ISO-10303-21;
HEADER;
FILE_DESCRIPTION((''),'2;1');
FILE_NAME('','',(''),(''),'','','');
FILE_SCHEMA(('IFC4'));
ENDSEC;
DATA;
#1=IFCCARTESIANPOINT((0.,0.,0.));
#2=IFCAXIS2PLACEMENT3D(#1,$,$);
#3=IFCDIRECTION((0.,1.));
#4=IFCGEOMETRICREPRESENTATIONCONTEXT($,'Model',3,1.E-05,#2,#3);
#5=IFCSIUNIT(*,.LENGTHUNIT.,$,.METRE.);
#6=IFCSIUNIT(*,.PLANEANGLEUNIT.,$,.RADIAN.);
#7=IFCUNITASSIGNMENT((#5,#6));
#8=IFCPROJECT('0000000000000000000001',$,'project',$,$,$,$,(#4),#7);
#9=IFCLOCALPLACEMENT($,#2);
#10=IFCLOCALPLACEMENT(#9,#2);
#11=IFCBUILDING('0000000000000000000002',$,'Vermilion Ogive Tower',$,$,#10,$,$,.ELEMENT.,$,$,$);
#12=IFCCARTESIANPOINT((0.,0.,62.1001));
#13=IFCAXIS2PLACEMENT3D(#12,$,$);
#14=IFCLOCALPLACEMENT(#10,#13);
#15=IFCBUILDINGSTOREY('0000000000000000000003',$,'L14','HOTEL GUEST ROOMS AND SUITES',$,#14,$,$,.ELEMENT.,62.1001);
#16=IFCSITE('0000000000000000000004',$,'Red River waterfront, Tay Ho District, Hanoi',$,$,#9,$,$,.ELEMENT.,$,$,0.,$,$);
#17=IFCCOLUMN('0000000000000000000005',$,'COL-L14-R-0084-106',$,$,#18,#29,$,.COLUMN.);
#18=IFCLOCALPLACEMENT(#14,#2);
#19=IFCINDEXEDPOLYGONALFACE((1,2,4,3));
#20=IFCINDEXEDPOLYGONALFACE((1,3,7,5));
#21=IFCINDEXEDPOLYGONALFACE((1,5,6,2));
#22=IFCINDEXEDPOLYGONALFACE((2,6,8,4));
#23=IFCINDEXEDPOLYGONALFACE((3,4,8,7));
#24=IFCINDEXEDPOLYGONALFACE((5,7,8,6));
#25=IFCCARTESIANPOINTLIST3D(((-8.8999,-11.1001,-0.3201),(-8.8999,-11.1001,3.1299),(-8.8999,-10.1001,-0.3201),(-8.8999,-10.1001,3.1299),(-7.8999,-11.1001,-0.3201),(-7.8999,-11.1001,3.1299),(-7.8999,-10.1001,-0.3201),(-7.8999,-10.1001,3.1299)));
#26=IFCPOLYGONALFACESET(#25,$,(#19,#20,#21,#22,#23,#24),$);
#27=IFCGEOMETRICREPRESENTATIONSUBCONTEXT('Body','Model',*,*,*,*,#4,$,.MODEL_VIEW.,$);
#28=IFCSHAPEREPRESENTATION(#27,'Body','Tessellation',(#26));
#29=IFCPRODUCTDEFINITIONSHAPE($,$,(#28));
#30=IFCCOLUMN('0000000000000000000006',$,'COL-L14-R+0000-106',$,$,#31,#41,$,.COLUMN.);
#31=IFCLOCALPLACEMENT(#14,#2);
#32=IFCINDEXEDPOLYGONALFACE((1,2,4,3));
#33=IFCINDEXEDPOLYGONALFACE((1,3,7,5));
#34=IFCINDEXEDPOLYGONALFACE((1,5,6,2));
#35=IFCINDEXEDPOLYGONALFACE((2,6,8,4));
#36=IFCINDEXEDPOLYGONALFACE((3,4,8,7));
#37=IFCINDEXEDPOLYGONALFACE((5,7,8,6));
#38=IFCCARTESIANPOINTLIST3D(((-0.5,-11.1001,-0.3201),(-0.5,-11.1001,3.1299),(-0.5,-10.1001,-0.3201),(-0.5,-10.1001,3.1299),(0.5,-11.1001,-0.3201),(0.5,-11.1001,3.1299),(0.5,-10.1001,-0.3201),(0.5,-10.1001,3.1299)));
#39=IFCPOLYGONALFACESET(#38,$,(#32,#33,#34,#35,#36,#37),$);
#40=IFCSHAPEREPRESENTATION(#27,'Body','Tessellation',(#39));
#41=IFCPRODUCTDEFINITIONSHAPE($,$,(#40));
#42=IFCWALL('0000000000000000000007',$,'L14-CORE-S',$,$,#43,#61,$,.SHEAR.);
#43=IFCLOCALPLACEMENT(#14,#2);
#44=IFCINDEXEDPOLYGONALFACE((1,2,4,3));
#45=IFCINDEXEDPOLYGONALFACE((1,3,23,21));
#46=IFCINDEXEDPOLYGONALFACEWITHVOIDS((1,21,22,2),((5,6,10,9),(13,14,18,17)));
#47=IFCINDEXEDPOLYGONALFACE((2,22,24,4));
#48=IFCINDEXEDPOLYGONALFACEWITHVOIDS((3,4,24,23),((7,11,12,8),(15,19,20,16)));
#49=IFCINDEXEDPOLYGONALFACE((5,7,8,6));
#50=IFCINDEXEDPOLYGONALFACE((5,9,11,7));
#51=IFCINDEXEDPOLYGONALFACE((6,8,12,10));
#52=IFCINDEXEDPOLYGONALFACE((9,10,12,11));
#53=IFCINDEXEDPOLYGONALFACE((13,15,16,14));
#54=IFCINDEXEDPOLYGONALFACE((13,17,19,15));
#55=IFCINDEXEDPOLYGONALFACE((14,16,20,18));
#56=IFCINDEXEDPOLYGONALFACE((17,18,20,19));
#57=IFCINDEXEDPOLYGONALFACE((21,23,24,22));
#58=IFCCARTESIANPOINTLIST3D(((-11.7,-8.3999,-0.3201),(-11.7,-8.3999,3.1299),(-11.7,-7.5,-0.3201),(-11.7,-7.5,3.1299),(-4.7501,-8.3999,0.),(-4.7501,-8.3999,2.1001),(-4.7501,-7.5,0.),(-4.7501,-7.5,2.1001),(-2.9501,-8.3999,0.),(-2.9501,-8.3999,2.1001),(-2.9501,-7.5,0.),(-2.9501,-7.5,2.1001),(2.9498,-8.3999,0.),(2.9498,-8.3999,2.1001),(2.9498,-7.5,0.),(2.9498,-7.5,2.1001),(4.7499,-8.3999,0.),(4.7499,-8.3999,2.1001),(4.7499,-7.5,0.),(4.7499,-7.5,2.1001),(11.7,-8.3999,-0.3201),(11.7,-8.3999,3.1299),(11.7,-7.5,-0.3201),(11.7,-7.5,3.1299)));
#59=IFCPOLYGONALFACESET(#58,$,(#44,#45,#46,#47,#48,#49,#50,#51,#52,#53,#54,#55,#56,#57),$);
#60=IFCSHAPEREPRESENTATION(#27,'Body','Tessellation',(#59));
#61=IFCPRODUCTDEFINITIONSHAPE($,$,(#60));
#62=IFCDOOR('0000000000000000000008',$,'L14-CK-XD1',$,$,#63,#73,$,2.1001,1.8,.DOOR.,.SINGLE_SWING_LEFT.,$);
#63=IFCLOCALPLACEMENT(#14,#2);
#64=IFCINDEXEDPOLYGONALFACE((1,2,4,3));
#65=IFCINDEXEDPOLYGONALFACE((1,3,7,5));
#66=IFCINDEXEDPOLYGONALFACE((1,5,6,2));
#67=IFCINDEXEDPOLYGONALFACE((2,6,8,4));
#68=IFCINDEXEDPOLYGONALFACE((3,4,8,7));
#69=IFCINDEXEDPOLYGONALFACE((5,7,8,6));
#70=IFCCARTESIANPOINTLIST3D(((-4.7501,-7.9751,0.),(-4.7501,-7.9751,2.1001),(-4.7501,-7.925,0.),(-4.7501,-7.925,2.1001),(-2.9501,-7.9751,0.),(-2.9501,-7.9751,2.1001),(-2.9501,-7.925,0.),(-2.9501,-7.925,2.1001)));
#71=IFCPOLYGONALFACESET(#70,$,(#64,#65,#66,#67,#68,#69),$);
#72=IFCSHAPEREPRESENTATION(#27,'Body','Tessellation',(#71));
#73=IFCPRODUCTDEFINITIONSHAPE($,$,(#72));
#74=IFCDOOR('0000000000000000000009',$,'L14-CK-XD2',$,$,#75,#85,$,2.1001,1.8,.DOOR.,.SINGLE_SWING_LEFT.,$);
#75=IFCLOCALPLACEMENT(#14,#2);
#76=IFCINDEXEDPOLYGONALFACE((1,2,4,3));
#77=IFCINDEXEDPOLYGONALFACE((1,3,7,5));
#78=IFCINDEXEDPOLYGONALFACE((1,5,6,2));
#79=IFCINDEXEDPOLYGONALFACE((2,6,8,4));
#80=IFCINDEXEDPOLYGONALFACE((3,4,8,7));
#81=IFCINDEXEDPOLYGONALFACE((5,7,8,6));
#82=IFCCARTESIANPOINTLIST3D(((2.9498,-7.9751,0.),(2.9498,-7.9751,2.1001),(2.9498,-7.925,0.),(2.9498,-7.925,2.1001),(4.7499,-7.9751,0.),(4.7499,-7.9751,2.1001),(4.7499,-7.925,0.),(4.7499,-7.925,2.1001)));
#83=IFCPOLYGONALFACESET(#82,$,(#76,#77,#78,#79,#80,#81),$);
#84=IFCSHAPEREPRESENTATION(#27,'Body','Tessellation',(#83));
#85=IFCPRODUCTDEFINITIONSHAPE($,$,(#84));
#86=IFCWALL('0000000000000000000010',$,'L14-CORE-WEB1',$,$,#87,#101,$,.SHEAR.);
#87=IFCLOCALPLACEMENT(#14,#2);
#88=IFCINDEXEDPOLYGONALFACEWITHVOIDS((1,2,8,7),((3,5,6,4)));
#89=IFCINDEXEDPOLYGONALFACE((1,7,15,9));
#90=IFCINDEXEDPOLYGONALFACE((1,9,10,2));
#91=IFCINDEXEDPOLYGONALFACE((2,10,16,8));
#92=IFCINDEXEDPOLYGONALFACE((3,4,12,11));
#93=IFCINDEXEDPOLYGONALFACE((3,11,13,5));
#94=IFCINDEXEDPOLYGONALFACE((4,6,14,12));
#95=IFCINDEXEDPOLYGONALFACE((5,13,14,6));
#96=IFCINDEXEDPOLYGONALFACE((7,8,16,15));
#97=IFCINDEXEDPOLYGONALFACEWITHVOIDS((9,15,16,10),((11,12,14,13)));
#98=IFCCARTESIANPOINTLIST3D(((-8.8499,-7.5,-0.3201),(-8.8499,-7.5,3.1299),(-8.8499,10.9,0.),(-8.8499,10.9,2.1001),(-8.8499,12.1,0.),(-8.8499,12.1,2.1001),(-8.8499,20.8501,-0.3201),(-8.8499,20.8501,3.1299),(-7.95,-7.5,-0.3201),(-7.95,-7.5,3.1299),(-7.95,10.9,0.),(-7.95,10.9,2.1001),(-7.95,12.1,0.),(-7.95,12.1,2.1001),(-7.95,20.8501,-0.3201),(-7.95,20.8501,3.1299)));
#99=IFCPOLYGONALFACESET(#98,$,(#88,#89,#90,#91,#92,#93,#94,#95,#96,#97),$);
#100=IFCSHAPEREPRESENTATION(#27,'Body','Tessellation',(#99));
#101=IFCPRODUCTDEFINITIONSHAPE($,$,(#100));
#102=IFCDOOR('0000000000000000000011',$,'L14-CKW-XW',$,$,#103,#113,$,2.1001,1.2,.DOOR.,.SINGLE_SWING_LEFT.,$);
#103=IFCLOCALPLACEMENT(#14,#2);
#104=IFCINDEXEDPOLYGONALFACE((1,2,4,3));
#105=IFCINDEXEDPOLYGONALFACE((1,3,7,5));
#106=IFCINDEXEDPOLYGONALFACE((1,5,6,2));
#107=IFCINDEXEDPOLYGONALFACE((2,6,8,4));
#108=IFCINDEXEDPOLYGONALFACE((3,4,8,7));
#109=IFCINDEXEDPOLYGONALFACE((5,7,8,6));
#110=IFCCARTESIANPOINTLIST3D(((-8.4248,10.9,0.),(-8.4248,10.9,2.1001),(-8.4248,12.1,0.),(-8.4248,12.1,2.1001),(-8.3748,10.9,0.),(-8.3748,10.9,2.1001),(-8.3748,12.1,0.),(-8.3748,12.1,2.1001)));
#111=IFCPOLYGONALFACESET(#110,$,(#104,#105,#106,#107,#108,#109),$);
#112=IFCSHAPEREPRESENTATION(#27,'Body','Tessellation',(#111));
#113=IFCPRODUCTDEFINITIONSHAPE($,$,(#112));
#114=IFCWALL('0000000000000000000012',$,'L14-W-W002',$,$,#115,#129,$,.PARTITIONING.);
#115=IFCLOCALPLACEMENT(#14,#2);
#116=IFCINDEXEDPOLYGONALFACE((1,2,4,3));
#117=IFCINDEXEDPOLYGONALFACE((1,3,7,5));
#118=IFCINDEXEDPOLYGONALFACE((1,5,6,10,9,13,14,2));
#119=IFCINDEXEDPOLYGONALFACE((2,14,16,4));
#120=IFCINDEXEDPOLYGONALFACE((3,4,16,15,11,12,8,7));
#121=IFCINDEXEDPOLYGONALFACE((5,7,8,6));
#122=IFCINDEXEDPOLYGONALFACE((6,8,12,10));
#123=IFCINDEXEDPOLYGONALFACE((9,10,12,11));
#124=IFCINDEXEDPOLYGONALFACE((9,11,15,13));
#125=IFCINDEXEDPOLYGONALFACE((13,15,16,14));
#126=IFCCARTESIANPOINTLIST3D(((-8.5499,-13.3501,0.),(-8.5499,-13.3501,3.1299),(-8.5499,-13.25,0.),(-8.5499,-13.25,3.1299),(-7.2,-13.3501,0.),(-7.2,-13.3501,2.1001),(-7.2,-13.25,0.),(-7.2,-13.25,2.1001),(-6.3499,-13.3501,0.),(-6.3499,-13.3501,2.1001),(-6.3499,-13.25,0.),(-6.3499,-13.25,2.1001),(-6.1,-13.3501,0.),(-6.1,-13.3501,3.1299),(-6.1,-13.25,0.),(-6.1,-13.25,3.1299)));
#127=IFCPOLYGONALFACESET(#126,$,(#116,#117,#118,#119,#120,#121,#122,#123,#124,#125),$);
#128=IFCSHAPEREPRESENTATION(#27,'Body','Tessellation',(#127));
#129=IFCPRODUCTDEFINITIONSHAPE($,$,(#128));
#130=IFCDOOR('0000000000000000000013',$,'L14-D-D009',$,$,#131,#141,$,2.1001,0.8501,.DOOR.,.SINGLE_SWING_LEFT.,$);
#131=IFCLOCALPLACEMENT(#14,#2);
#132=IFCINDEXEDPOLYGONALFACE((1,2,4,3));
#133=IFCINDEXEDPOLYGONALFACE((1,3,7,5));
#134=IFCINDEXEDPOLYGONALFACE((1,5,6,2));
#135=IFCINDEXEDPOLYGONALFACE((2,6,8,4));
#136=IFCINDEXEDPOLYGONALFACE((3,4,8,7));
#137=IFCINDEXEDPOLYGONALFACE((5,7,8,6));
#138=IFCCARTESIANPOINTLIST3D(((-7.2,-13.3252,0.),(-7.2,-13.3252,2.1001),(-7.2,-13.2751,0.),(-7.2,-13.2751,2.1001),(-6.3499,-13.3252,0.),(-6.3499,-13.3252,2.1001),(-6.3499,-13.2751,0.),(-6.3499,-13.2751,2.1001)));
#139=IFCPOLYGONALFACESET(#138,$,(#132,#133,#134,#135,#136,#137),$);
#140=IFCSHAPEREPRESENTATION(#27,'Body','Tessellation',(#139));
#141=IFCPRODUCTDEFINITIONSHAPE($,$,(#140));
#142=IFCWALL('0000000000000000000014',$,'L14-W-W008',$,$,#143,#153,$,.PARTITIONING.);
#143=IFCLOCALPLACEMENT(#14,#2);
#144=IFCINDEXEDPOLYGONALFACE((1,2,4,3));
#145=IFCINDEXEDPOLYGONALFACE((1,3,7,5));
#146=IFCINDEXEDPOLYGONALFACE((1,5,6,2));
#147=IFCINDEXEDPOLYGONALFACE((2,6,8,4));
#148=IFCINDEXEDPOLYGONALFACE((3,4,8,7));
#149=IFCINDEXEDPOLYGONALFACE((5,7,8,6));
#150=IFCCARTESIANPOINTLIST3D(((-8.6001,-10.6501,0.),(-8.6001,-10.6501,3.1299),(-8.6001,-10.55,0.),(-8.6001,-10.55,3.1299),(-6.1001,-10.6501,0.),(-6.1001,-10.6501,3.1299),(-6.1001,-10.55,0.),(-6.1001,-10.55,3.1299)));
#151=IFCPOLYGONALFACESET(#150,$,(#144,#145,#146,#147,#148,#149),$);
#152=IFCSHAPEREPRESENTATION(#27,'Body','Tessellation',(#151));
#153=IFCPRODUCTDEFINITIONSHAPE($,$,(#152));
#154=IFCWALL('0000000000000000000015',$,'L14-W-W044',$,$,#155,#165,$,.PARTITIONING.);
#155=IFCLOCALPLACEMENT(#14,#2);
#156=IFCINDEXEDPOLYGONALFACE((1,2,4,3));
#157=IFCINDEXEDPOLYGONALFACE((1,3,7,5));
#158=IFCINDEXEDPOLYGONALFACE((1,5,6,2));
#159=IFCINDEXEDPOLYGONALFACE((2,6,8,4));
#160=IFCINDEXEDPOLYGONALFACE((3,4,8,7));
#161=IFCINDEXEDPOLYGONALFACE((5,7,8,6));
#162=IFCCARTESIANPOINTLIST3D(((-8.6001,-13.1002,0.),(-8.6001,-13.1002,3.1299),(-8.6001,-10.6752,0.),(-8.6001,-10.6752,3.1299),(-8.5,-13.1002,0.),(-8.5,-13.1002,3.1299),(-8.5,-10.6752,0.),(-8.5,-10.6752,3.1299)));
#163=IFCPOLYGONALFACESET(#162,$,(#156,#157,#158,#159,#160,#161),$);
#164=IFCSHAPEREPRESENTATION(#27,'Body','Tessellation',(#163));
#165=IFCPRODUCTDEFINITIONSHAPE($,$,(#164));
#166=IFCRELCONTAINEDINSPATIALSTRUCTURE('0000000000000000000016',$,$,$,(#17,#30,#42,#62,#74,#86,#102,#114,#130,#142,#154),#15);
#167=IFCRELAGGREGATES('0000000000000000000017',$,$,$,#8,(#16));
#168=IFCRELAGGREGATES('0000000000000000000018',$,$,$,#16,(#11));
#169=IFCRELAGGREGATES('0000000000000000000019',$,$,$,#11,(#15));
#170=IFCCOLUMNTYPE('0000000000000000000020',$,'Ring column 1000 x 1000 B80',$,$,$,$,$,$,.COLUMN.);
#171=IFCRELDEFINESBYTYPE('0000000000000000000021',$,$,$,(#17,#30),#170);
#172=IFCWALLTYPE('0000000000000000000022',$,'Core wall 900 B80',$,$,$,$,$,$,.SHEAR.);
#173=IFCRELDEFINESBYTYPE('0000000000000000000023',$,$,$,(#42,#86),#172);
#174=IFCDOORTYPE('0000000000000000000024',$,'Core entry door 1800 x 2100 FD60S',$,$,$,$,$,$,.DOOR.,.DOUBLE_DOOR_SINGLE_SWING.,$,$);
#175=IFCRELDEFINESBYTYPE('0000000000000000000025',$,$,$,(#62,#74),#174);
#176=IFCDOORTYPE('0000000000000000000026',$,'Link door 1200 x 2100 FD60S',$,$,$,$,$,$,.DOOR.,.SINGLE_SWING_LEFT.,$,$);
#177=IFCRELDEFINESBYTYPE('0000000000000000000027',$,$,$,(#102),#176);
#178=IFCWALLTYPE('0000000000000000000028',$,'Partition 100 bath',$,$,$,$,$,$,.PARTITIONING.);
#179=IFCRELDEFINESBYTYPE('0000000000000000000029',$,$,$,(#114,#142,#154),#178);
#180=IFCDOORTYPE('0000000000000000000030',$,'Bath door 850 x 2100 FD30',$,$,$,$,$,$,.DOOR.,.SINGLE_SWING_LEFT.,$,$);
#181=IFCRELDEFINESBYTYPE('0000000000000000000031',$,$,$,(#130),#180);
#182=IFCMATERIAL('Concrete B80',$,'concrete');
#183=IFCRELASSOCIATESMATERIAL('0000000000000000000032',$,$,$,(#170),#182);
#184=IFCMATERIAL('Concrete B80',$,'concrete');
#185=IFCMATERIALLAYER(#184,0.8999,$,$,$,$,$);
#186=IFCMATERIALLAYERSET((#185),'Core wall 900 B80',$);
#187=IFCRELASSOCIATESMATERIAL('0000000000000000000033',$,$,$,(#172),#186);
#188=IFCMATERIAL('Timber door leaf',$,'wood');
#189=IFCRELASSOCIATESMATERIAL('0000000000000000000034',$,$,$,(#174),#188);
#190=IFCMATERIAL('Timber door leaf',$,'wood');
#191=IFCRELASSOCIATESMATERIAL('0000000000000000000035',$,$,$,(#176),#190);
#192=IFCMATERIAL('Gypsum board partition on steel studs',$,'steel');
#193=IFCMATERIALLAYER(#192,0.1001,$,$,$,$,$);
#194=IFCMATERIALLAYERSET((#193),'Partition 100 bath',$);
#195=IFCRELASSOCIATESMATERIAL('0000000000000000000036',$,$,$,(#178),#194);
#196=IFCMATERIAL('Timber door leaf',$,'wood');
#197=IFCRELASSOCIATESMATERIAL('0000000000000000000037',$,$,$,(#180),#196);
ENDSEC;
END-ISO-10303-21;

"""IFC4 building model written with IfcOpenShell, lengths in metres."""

from ifc_helpers import new_model, si_unit, direction, frame, frame_2d, origin, origin_2d, place, context, subcontext, project, spatial, rectangle, extrude, material, layer, layer_set, material_profile, profile_set, type_object, element, fill, save


model = new_model("IFC4")

# Units and contexts
model_context = context("Model", 3, precision=1e-05, world=origin(), true_north=direction((0.0, 1.0)))
body_context = subcontext(model_context, "Body", "Model", "MODEL_VIEW")
ifc_project = project(units=[si_unit("LENGTHUNIT", "METRE"), si_unit("PLANEANGLEUNIT", "RADIAN")], contexts=[model_context])

# Site, building, storey
site_placement = place(None, origin())
site = spatial("IfcSite", under=ifc_project, at=site_placement, Name="Red River waterfront, Tay Ho District, Hanoi", CompositionType="ELEMENT", RefElevation=0.0)
building_placement = place(site_placement, origin())
building = spatial("IfcBuilding", under=site, at=building_placement, Name="Vermilion Ogive Tower", CompositionType="ELEMENT")
storey_placement = place(building_placement, frame((0.0, 0.0, 62.1001)))
storey = spatial("IfcBuildingStorey", under=building, at=storey_placement, Name="L14", Description="HOTEL GUEST ROOMS AND SUITES", CompositionType="ELEMENT", Elevation=62.1001)

# Columns
ifc_material_1 = material(Name="Concrete B80", Category="concrete")
ifc_material_profile = material_profile(ifc_material_1, rectangle(XDim=1.0, YDim=1.0, at=origin_2d()), Name="1000 x 1000")
ifc_profile_set = profile_set([ifc_material_profile], Name="Concrete B80")
column_type = type_object("IfcColumnType", Name="Ring column 1000 x 1000 B80", PredefinedType="COLUMN", material=ifc_profile_set)
for number, where, z_axis, x_axis, name in (
    (1, (-8.3999, -10.6001, -0.3201), (0.0, 0.0, 1.0), (1.0, 0.0, 0.0), "COL-L14-R-0084-106"),
    (2, (0.0, -10.6001, -0.3201), (0.0, 0.0, 1.0), (1.0, 0.0, 0.0), "COL-L14-R+0000-106"),
):
    element("IfcColumn", number, at=place(storey_placement, frame(where, z_axis=z_axis, x_axis=x_axis)), inside=storey, type_object=column_type, Name=name, PredefinedType="COLUMN", context=body_context, shape_type="SweptSolid", body=[
        extrude(rectangle(XDim=1.0, YDim=1.0, at=origin_2d()), origin(), (0.0, 0.0, 1.0), 3.45),
    ])

# Wall, openings, doors
ifc_material_2 = material(Name="Concrete B80", Category="concrete")
ifc_layer_1 = layer(ifc_material_2, 0.8999)
ifc_layer_set_1 = layer_set([ifc_layer_1], Name="Core wall 900 B80")
wall_type_1 = type_object("IfcWallType", Name="Core wall 900 B80", PredefinedType="SHEAR", material=ifc_layer_set_1)
wall_1_placement = place(storey_placement, frame((-11.7, -7.95, -0.3201), z_axis=(0.0, 0.0, 1.0), x_axis=(1.0, 0.0, 0.0)))
wall_1 = element("IfcWall", 3, at=wall_1_placement, inside=storey, type_object=wall_type_1, Name="L14-CORE-S", PredefinedType="SHEAR", context=body_context, shape_type="SweptSolid", body=[
    extrude(rectangle(XDim=23.3999, YDim=0.8999, at=frame_2d((11.7, 0.0))), origin(), (0.0, 0.0, 1.0), 3.45),
])
opening_1_placement = place(wall_1_placement, frame((6.95, 0.0, 0.3201)))
opening_1 = element("IfcOpeningElement", 4, at=opening_1_placement, cuts=wall_1, PredefinedType="OPENING", context=body_context, shape_type="SweptSolid", body=[
    extrude(rectangle(XDim=1.8, YDim=2.1001, at=frame_2d((0.8999, 1.05))), frame((0.0, 0.46, 0.0), z_axis=(0.0, -1.0, 0.0), x_axis=(1.0, 0.0, 0.0)), (0.0, 0.0, 1.0), 0.9199),
])
opening_2_placement = place(wall_1_placement, frame((14.6499, 0.0, 0.3201)))
opening_2 = element("IfcOpeningElement", 5, at=opening_2_placement, cuts=wall_1, PredefinedType="OPENING", context=body_context, shape_type="SweptSolid", body=[
    extrude(rectangle(XDim=1.8, YDim=2.1001, at=frame_2d((0.8999, 1.05))), frame((0.0, 0.46, 0.0), z_axis=(0.0, -1.0, 0.0), x_axis=(1.0, 0.0, 0.0)), (0.0, 0.0, 1.0), 0.9199),
])
ifc_material_3 = material(Name="Timber door leaf", Category="wood")
door_type_1 = type_object("IfcDoorType", Name="Core entry door 1800 x 2100 FD60S", OperationType="DOUBLE_DOOR_SINGLE_SWING", PredefinedType="DOOR", material=ifc_material_3)
door_1_placement = place(opening_1_placement, origin())
door_1 = element("IfcDoor", 6, at=door_1_placement, inside=storey, type_object=door_type_1, Name="L14-CK-XD1", OperationType="SINGLE_SWING_LEFT", OverallHeight=2.1001, OverallWidth=1.8, PredefinedType="DOOR", context=body_context, shape_type="SweptSolid", body=[
    extrude(rectangle(XDim=1.8, YDim=2.1001, at=frame_2d((0.8999, 1.05))), frame((0.0, 0.0249, 0.0), z_axis=(0.0, -1.0, 0.0), x_axis=(1.0, 0.0, 0.0)), (0.0, 0.0, 1.0), 0.05),
])
fill(opening_1, door_1)
door_2_placement = place(opening_2_placement, origin())
door_2 = element("IfcDoor", 7, at=door_2_placement, inside=storey, type_object=door_type_1, Name="L14-CK-XD2", OperationType="SINGLE_SWING_LEFT", OverallHeight=2.1001, OverallWidth=1.8, PredefinedType="DOOR", context=body_context, shape_type="SweptSolid", body=[
    extrude(rectangle(XDim=1.8, YDim=2.1001, at=frame_2d((0.8999, 1.05))), frame((0.0, 0.0249, 0.0), z_axis=(0.0, -1.0, 0.0), x_axis=(1.0, 0.0, 0.0)), (0.0, 0.0, 1.0), 0.05),
])
fill(opening_2, door_2)

# Walls, openings, doors
wall_2_placement = place(storey_placement, frame((-8.3999, -7.5, -0.3201), z_axis=(0.0, 0.0, 1.0), x_axis=(0.0, 1.0, 0.0)))
wall_2 = element("IfcWall", 8, at=wall_2_placement, inside=storey, type_object=wall_type_1, Name="L14-CORE-WEB1", PredefinedType="SHEAR", context=body_context, shape_type="SweptSolid", body=[
    extrude(rectangle(XDim=28.3501, YDim=0.8999, at=frame_2d((14.175, 0.0))), origin(), (0.0, 0.0, 1.0), 3.45),
])
opening_3_placement = place(wall_2_placement, frame((18.3999, 0.0, 0.3201)))
opening_3 = element("IfcOpeningElement", 9, at=opening_3_placement, cuts=wall_2, PredefinedType="OPENING", context=body_context, shape_type="SweptSolid", body=[
    extrude(rectangle(XDim=1.2, YDim=2.1001, at=frame_2d((0.6001, 1.05))), frame((0.0, 0.46, 0.0), z_axis=(0.0, -1.0, 0.0), x_axis=(1.0, 0.0, 0.0)), (0.0, 0.0, 1.0), 0.9199),
])
ifc_material_4 = material(Name="Timber door leaf", Category="wood")
door_type_2 = type_object("IfcDoorType", Name="Link door 1200 x 2100 FD60S", OperationType="SINGLE_SWING_LEFT", PredefinedType="DOOR", material=ifc_material_4)
door_3_placement = place(opening_3_placement, origin())
door_3 = element("IfcDoor", 10, at=door_3_placement, inside=storey, type_object=door_type_2, Name="L14-CKW-XW", OperationType="SINGLE_SWING_LEFT", OverallHeight=2.1001, OverallWidth=1.2, PredefinedType="DOOR", context=body_context, shape_type="SweptSolid", body=[
    extrude(rectangle(XDim=1.2, YDim=2.1001, at=frame_2d((0.6001, 1.05))), frame((0.0, 0.0249, 0.0), z_axis=(0.0, -1.0, 0.0), x_axis=(1.0, 0.0, 0.0)), (0.0, 0.0, 1.0), 0.05),
])
fill(opening_3, door_3)
ifc_material_5 = material(Name="Gypsum board partition on steel studs", Category="steel")
ifc_layer_2 = layer(ifc_material_5, 0.1001)
ifc_layer_set_2 = layer_set([ifc_layer_2], Name="Partition 100 bath")
wall_type_2 = type_object("IfcWallType", Name="Partition 100 bath", PredefinedType="PARTITIONING", material=ifc_layer_set_2)
wall_3_placement = place(storey_placement, frame((-8.55, -13.3, 0.0), z_axis=(0.0, 0.0, 1.0), x_axis=(1.0, 0.0, 0.0)))
wall_3 = element("IfcWall", 11, at=wall_3_placement, inside=storey, type_object=wall_type_2, Name="L14-W-W002", PredefinedType="PARTITIONING", context=body_context, shape_type="SweptSolid", body=[
    extrude(rectangle(XDim=2.45, YDim=0.1001, at=frame_2d((1.2251, 0.0))), origin(), (0.0, 0.0, 1.0), 3.1299),
])
opening_4_placement = place(wall_3_placement, frame((1.3501, 0.0, 0.0)))
opening_4 = element("IfcOpeningElement", 12, at=opening_4_placement, cuts=wall_3, PredefinedType="OPENING", context=body_context, shape_type="SweptSolid", body=[
    extrude(rectangle(XDim=0.8501, YDim=2.1001, at=frame_2d((0.425, 1.05))), frame((0.0, 0.0601, 0.0), z_axis=(0.0, -1.0, 0.0), x_axis=(1.0, 0.0, 0.0)), (0.0, 0.0, 1.0), 0.1201),
])
ifc_material_6 = material(Name="Timber door leaf", Category="wood")
door_type_3 = type_object("IfcDoorType", Name="Bath door 850 x 2100 FD30", OperationType="SINGLE_SWING_LEFT", PredefinedType="DOOR", material=ifc_material_6)
door_4_placement = place(opening_4_placement, origin())
door_4 = element("IfcDoor", 13, at=door_4_placement, inside=storey, type_object=door_type_3, Name="L14-D-D009", OperationType="SINGLE_SWING_LEFT", OverallHeight=2.1001, OverallWidth=0.8501, PredefinedType="DOOR", context=body_context, shape_type="SweptSolid", body=[
    extrude(rectangle(XDim=0.8501, YDim=2.1001, at=frame_2d((0.425, 1.05))), frame((0.0, 0.0249, 0.0), z_axis=(0.0, -1.0, 0.0), x_axis=(1.0, 0.0, 0.0)), (0.0, 0.0, 1.0), 0.05),
])
fill(opening_4, door_4)

# Walls
wall_4_placement = place(storey_placement, frame((-8.6001, -10.6001, 0.0), z_axis=(0.0, 0.0, 1.0), x_axis=(1.0, 0.0, 0.0)))
element("IfcWall", 14, at=wall_4_placement, inside=storey, type_object=wall_type_2, Name="L14-W-W008", PredefinedType="PARTITIONING", context=body_context, shape_type="SweptSolid", body=[
    extrude(rectangle(XDim=2.5, YDim=0.1001, at=frame_2d((1.25, 0.0))), origin(), (0.0, 0.0, 1.0), 3.1299),
])
wall_5_placement = place(storey_placement, frame((-8.55, -13.1001, 0.0), z_axis=(0.0, 0.0, 1.0), x_axis=(0.0, 1.0, 0.0)))
element("IfcWall", 15, at=wall_5_placement, inside=storey, type_object=wall_type_2, Name="L14-W-W044", PredefinedType="PARTITIONING", context=body_context, shape_type="SweptSolid", body=[
    extrude(rectangle(XDim=2.425, YDim=0.1001, at=frame_2d((1.2124, 0.0))), origin(), (0.0, 0.0, 1.0), 3.1299),
])

save(model, "model.ifc")
